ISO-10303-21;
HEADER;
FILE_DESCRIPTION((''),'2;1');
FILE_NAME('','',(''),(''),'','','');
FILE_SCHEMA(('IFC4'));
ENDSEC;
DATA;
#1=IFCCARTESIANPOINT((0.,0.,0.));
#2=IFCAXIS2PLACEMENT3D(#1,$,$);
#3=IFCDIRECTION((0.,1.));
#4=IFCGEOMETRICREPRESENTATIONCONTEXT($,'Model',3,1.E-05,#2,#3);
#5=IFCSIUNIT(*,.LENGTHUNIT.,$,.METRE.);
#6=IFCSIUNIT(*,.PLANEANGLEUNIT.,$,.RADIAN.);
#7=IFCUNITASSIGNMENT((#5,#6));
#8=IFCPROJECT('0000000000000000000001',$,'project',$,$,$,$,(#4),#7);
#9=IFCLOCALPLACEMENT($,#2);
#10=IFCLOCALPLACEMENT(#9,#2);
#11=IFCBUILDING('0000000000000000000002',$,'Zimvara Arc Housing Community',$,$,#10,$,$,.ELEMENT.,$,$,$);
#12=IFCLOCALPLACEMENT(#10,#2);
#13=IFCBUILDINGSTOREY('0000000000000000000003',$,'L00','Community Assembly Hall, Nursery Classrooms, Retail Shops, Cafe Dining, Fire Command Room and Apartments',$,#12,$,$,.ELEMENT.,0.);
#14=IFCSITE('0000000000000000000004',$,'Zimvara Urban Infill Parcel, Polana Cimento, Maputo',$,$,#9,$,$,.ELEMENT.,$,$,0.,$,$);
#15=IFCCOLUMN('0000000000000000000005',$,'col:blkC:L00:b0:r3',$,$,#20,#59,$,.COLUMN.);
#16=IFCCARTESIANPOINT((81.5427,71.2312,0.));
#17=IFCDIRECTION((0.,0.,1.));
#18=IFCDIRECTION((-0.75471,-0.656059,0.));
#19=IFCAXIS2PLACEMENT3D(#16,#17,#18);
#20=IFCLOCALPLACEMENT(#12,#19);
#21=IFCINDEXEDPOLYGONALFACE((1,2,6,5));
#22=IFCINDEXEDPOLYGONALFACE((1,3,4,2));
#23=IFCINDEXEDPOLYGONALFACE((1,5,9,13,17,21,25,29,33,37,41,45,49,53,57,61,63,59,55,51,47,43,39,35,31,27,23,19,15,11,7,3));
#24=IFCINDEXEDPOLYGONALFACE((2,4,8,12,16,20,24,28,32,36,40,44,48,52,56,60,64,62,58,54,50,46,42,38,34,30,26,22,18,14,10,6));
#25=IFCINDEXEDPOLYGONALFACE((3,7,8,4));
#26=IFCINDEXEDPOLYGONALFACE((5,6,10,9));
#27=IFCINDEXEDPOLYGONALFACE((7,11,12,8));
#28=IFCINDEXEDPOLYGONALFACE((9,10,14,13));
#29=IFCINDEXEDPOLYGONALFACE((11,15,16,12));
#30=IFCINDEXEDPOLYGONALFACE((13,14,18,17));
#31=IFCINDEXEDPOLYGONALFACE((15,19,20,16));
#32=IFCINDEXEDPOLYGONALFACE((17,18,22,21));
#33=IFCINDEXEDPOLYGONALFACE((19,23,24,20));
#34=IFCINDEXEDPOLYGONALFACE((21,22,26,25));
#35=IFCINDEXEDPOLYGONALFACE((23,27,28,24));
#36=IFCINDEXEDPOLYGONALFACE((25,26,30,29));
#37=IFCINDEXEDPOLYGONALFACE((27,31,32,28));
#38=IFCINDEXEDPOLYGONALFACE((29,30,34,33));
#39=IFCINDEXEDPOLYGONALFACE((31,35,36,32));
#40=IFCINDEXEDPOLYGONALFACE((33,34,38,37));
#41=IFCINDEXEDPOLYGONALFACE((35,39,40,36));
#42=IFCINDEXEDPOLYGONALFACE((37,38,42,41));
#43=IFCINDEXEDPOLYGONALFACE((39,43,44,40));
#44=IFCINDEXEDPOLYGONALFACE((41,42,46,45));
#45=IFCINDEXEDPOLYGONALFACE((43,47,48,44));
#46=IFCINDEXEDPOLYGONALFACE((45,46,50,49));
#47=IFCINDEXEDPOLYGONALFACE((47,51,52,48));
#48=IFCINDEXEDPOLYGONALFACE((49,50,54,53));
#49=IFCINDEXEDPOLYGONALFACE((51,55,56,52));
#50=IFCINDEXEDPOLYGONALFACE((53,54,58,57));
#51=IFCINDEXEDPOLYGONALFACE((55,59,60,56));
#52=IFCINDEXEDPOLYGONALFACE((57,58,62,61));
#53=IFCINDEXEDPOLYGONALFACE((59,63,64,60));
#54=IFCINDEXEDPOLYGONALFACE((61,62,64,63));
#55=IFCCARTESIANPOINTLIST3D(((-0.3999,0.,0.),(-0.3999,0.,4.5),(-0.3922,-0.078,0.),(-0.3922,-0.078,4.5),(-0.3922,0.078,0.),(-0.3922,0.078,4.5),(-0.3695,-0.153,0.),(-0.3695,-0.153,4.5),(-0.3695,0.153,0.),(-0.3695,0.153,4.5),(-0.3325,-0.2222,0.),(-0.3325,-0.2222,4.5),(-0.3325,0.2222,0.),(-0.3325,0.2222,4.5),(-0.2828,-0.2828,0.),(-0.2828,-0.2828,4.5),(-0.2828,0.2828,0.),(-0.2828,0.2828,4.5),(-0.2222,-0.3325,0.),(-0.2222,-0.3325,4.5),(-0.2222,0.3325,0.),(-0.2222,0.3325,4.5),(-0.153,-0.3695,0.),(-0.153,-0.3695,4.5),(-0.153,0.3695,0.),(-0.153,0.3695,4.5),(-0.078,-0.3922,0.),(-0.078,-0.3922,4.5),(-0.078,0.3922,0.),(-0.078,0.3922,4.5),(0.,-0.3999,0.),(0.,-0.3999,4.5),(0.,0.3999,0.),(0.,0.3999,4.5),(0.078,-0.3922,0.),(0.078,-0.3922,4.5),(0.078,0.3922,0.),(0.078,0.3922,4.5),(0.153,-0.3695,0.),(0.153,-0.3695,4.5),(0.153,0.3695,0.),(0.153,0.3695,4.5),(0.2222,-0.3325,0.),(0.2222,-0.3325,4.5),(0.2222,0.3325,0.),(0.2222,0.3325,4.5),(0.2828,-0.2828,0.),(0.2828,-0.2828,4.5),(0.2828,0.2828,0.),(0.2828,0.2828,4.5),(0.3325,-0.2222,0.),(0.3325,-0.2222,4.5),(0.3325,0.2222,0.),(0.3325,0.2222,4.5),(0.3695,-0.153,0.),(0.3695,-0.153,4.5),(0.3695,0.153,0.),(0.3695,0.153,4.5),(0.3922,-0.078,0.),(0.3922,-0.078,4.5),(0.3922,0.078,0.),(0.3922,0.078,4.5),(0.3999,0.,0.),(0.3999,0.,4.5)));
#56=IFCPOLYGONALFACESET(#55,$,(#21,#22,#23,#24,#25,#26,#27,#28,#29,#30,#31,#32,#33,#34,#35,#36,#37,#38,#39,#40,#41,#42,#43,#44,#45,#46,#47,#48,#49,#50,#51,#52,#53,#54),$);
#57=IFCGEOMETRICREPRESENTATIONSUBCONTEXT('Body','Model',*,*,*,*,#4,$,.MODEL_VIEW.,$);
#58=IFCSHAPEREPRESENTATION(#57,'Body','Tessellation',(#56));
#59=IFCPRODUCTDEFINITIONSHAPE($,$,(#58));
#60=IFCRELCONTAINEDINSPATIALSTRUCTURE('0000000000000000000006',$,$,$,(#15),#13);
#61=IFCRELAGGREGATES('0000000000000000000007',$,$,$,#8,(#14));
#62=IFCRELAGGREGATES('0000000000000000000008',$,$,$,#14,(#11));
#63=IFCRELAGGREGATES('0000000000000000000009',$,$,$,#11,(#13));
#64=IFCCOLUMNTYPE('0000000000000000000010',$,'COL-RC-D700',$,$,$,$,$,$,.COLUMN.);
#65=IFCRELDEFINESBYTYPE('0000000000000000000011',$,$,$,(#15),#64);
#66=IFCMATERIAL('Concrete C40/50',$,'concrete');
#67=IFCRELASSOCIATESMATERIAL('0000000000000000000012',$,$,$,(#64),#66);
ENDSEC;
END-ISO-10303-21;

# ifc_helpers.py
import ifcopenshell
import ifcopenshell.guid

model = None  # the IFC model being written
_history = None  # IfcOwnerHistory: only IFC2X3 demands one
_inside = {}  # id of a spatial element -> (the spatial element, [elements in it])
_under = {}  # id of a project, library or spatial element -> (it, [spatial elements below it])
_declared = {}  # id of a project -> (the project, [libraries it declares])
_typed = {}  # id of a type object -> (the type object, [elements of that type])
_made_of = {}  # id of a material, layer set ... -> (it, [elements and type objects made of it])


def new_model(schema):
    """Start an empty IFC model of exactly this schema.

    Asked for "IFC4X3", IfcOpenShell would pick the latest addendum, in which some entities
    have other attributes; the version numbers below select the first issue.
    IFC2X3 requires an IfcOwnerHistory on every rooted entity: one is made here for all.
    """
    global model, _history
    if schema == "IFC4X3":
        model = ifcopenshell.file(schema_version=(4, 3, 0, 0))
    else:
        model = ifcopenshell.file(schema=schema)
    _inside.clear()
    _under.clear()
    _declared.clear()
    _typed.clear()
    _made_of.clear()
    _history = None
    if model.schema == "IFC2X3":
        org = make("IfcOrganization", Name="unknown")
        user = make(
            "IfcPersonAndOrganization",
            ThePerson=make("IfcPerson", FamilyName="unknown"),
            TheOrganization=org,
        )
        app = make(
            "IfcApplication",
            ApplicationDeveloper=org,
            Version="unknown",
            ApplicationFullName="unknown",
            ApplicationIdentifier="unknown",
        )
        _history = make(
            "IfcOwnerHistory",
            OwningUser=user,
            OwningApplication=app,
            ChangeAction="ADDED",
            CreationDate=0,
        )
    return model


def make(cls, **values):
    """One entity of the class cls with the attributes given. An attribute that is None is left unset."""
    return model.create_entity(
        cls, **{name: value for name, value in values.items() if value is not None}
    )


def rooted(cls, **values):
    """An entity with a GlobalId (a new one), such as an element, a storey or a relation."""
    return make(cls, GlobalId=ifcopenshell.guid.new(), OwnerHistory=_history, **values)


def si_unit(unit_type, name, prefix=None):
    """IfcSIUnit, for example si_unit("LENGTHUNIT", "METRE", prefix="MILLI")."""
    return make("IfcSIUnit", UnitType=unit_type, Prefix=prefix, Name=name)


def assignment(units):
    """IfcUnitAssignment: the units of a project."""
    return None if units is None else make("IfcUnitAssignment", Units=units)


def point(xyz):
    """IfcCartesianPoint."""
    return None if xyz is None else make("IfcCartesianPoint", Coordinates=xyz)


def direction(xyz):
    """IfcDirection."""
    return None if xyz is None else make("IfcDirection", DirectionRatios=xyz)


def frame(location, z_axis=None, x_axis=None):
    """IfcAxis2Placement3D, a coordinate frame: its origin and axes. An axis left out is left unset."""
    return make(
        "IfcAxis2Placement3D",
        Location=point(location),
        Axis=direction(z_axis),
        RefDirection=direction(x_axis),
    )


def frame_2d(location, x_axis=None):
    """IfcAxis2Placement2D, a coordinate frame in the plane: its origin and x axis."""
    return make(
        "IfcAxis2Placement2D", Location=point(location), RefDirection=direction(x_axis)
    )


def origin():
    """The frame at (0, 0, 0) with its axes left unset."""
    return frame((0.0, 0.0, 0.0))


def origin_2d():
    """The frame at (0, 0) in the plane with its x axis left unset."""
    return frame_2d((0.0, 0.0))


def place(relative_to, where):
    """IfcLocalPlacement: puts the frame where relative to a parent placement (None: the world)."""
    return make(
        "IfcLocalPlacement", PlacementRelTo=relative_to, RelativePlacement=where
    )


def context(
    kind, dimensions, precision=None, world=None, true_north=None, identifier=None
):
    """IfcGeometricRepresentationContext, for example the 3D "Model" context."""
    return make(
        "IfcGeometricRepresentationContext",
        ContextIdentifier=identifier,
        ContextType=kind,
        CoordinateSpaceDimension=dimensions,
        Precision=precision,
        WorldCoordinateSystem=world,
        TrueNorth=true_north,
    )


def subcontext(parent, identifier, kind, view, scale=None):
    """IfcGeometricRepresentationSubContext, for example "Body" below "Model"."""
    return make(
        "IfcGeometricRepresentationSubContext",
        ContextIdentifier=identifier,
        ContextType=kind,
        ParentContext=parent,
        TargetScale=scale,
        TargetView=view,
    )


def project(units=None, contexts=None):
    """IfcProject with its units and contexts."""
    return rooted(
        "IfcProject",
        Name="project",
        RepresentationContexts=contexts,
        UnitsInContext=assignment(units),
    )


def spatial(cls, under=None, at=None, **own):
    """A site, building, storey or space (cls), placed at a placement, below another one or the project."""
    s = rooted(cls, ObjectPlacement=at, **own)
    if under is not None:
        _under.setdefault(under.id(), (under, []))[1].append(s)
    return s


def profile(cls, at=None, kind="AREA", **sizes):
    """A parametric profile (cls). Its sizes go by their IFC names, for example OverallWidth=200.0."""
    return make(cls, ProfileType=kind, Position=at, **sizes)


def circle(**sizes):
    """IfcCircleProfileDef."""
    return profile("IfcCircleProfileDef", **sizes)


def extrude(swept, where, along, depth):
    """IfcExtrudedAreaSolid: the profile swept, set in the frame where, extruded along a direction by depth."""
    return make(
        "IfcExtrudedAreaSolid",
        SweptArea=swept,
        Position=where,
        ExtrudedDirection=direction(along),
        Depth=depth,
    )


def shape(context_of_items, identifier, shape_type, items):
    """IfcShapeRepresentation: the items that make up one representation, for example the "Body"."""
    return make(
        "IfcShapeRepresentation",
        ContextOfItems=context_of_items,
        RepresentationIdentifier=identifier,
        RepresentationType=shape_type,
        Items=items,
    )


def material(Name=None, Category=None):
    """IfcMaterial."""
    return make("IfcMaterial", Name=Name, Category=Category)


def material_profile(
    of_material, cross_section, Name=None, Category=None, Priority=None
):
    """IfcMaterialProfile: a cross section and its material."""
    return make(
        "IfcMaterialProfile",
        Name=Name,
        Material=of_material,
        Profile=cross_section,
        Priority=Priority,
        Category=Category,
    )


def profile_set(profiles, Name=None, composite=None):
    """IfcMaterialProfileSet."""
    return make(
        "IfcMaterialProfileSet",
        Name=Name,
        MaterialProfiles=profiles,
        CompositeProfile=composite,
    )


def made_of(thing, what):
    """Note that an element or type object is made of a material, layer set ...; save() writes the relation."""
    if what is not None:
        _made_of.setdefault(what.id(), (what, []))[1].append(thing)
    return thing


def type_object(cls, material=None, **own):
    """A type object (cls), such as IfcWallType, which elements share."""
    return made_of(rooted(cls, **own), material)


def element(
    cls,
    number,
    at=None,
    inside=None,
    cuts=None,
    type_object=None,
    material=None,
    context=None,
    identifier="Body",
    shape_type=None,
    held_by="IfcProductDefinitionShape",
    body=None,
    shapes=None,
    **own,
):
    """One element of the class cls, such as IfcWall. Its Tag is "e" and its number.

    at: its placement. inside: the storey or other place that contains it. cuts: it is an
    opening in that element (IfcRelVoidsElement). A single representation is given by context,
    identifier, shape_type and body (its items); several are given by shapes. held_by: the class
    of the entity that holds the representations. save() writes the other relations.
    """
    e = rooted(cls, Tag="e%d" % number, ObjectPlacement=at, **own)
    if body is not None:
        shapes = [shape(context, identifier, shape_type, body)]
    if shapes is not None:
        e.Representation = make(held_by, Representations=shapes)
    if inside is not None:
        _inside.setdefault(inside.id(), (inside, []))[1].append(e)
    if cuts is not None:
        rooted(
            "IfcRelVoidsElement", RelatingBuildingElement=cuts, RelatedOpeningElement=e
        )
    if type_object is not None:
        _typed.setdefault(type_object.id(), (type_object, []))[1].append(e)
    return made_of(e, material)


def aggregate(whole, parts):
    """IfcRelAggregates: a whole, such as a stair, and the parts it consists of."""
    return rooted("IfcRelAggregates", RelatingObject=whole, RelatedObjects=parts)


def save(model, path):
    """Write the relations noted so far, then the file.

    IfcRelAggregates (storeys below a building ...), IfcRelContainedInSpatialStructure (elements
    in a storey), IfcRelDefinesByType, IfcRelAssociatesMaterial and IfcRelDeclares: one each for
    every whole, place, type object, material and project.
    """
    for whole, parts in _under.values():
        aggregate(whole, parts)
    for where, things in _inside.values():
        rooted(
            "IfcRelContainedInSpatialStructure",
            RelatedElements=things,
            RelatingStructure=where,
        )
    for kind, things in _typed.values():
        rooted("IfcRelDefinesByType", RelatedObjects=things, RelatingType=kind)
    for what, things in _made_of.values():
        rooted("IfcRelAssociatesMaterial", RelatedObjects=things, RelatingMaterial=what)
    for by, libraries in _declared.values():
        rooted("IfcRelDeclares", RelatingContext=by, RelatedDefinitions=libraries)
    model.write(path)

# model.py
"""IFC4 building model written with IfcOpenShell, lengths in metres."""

from ifc_helpers import new_model, si_unit, direction, frame, origin, origin_2d, place, context, subcontext, project, spatial, circle, extrude, material, material_profile, profile_set, type_object, element, save


model = new_model("IFC4")

# Units and contexts
model_context = context("Model", 3, precision=1e-05, world=origin(), true_north=direction((0.0, 1.0)))
body_context = subcontext(model_context, "Body", "Model", "MODEL_VIEW")
ifc_project = project(units=[si_unit("LENGTHUNIT", "METRE"), si_unit("PLANEANGLEUNIT", "RADIAN")], contexts=[model_context])

# Site, building, storey
site_placement = place(None, origin())
site = spatial("IfcSite", under=ifc_project, at=site_placement, Name="Zimvara Urban Infill Parcel, Polana Cimento, Maputo", CompositionType="ELEMENT", RefElevation=0.0)
building_placement = place(site_placement, origin())
building = spatial("IfcBuilding", under=site, at=building_placement, Name="Zimvara Arc Housing Community", CompositionType="ELEMENT")
storey_placement = place(building_placement, origin())
storey = spatial("IfcBuildingStorey", under=building, at=storey_placement, Name="L00", Description="Community Assembly Hall, Nursery Classrooms, Retail Shops, Cafe Dining, Fire Command Room and Apartments", CompositionType="ELEMENT", Elevation=0.0)

# Column
ifc_material_1 = material(Name="Concrete C40/50", Category="concrete")
ifc_material_profile_1 = material_profile(ifc_material_1, circle(Radius=0.3999, at=origin_2d()), Name="RC D800")
ifc_profile_set_1 = profile_set([ifc_material_profile_1], Name="Concrete C40/50")
column_type_1 = type_object("IfcColumnType", Name="COL-RC-D700", PredefinedType="COLUMN", material=ifc_profile_set_1)
column_placement = place(storey_placement, frame((81.5427, 71.2312, 0.0), z_axis=(0.0, 0.0, 1.0), x_axis=(-0.75471, -0.656059, 0.0)))
element("IfcColumn", 1, at=column_placement, inside=storey, type_object=column_type_1, Name="col:blkC:L00:b0:r3", PredefinedType="COLUMN", context=body_context, shape_type="SweptSolid", body=[
    extrude(circle(Radius=0.3999, at=origin_2d()), origin(), (0.0, 0.0, 1.0), 4.5),
])

save(model, "model.ifc")
